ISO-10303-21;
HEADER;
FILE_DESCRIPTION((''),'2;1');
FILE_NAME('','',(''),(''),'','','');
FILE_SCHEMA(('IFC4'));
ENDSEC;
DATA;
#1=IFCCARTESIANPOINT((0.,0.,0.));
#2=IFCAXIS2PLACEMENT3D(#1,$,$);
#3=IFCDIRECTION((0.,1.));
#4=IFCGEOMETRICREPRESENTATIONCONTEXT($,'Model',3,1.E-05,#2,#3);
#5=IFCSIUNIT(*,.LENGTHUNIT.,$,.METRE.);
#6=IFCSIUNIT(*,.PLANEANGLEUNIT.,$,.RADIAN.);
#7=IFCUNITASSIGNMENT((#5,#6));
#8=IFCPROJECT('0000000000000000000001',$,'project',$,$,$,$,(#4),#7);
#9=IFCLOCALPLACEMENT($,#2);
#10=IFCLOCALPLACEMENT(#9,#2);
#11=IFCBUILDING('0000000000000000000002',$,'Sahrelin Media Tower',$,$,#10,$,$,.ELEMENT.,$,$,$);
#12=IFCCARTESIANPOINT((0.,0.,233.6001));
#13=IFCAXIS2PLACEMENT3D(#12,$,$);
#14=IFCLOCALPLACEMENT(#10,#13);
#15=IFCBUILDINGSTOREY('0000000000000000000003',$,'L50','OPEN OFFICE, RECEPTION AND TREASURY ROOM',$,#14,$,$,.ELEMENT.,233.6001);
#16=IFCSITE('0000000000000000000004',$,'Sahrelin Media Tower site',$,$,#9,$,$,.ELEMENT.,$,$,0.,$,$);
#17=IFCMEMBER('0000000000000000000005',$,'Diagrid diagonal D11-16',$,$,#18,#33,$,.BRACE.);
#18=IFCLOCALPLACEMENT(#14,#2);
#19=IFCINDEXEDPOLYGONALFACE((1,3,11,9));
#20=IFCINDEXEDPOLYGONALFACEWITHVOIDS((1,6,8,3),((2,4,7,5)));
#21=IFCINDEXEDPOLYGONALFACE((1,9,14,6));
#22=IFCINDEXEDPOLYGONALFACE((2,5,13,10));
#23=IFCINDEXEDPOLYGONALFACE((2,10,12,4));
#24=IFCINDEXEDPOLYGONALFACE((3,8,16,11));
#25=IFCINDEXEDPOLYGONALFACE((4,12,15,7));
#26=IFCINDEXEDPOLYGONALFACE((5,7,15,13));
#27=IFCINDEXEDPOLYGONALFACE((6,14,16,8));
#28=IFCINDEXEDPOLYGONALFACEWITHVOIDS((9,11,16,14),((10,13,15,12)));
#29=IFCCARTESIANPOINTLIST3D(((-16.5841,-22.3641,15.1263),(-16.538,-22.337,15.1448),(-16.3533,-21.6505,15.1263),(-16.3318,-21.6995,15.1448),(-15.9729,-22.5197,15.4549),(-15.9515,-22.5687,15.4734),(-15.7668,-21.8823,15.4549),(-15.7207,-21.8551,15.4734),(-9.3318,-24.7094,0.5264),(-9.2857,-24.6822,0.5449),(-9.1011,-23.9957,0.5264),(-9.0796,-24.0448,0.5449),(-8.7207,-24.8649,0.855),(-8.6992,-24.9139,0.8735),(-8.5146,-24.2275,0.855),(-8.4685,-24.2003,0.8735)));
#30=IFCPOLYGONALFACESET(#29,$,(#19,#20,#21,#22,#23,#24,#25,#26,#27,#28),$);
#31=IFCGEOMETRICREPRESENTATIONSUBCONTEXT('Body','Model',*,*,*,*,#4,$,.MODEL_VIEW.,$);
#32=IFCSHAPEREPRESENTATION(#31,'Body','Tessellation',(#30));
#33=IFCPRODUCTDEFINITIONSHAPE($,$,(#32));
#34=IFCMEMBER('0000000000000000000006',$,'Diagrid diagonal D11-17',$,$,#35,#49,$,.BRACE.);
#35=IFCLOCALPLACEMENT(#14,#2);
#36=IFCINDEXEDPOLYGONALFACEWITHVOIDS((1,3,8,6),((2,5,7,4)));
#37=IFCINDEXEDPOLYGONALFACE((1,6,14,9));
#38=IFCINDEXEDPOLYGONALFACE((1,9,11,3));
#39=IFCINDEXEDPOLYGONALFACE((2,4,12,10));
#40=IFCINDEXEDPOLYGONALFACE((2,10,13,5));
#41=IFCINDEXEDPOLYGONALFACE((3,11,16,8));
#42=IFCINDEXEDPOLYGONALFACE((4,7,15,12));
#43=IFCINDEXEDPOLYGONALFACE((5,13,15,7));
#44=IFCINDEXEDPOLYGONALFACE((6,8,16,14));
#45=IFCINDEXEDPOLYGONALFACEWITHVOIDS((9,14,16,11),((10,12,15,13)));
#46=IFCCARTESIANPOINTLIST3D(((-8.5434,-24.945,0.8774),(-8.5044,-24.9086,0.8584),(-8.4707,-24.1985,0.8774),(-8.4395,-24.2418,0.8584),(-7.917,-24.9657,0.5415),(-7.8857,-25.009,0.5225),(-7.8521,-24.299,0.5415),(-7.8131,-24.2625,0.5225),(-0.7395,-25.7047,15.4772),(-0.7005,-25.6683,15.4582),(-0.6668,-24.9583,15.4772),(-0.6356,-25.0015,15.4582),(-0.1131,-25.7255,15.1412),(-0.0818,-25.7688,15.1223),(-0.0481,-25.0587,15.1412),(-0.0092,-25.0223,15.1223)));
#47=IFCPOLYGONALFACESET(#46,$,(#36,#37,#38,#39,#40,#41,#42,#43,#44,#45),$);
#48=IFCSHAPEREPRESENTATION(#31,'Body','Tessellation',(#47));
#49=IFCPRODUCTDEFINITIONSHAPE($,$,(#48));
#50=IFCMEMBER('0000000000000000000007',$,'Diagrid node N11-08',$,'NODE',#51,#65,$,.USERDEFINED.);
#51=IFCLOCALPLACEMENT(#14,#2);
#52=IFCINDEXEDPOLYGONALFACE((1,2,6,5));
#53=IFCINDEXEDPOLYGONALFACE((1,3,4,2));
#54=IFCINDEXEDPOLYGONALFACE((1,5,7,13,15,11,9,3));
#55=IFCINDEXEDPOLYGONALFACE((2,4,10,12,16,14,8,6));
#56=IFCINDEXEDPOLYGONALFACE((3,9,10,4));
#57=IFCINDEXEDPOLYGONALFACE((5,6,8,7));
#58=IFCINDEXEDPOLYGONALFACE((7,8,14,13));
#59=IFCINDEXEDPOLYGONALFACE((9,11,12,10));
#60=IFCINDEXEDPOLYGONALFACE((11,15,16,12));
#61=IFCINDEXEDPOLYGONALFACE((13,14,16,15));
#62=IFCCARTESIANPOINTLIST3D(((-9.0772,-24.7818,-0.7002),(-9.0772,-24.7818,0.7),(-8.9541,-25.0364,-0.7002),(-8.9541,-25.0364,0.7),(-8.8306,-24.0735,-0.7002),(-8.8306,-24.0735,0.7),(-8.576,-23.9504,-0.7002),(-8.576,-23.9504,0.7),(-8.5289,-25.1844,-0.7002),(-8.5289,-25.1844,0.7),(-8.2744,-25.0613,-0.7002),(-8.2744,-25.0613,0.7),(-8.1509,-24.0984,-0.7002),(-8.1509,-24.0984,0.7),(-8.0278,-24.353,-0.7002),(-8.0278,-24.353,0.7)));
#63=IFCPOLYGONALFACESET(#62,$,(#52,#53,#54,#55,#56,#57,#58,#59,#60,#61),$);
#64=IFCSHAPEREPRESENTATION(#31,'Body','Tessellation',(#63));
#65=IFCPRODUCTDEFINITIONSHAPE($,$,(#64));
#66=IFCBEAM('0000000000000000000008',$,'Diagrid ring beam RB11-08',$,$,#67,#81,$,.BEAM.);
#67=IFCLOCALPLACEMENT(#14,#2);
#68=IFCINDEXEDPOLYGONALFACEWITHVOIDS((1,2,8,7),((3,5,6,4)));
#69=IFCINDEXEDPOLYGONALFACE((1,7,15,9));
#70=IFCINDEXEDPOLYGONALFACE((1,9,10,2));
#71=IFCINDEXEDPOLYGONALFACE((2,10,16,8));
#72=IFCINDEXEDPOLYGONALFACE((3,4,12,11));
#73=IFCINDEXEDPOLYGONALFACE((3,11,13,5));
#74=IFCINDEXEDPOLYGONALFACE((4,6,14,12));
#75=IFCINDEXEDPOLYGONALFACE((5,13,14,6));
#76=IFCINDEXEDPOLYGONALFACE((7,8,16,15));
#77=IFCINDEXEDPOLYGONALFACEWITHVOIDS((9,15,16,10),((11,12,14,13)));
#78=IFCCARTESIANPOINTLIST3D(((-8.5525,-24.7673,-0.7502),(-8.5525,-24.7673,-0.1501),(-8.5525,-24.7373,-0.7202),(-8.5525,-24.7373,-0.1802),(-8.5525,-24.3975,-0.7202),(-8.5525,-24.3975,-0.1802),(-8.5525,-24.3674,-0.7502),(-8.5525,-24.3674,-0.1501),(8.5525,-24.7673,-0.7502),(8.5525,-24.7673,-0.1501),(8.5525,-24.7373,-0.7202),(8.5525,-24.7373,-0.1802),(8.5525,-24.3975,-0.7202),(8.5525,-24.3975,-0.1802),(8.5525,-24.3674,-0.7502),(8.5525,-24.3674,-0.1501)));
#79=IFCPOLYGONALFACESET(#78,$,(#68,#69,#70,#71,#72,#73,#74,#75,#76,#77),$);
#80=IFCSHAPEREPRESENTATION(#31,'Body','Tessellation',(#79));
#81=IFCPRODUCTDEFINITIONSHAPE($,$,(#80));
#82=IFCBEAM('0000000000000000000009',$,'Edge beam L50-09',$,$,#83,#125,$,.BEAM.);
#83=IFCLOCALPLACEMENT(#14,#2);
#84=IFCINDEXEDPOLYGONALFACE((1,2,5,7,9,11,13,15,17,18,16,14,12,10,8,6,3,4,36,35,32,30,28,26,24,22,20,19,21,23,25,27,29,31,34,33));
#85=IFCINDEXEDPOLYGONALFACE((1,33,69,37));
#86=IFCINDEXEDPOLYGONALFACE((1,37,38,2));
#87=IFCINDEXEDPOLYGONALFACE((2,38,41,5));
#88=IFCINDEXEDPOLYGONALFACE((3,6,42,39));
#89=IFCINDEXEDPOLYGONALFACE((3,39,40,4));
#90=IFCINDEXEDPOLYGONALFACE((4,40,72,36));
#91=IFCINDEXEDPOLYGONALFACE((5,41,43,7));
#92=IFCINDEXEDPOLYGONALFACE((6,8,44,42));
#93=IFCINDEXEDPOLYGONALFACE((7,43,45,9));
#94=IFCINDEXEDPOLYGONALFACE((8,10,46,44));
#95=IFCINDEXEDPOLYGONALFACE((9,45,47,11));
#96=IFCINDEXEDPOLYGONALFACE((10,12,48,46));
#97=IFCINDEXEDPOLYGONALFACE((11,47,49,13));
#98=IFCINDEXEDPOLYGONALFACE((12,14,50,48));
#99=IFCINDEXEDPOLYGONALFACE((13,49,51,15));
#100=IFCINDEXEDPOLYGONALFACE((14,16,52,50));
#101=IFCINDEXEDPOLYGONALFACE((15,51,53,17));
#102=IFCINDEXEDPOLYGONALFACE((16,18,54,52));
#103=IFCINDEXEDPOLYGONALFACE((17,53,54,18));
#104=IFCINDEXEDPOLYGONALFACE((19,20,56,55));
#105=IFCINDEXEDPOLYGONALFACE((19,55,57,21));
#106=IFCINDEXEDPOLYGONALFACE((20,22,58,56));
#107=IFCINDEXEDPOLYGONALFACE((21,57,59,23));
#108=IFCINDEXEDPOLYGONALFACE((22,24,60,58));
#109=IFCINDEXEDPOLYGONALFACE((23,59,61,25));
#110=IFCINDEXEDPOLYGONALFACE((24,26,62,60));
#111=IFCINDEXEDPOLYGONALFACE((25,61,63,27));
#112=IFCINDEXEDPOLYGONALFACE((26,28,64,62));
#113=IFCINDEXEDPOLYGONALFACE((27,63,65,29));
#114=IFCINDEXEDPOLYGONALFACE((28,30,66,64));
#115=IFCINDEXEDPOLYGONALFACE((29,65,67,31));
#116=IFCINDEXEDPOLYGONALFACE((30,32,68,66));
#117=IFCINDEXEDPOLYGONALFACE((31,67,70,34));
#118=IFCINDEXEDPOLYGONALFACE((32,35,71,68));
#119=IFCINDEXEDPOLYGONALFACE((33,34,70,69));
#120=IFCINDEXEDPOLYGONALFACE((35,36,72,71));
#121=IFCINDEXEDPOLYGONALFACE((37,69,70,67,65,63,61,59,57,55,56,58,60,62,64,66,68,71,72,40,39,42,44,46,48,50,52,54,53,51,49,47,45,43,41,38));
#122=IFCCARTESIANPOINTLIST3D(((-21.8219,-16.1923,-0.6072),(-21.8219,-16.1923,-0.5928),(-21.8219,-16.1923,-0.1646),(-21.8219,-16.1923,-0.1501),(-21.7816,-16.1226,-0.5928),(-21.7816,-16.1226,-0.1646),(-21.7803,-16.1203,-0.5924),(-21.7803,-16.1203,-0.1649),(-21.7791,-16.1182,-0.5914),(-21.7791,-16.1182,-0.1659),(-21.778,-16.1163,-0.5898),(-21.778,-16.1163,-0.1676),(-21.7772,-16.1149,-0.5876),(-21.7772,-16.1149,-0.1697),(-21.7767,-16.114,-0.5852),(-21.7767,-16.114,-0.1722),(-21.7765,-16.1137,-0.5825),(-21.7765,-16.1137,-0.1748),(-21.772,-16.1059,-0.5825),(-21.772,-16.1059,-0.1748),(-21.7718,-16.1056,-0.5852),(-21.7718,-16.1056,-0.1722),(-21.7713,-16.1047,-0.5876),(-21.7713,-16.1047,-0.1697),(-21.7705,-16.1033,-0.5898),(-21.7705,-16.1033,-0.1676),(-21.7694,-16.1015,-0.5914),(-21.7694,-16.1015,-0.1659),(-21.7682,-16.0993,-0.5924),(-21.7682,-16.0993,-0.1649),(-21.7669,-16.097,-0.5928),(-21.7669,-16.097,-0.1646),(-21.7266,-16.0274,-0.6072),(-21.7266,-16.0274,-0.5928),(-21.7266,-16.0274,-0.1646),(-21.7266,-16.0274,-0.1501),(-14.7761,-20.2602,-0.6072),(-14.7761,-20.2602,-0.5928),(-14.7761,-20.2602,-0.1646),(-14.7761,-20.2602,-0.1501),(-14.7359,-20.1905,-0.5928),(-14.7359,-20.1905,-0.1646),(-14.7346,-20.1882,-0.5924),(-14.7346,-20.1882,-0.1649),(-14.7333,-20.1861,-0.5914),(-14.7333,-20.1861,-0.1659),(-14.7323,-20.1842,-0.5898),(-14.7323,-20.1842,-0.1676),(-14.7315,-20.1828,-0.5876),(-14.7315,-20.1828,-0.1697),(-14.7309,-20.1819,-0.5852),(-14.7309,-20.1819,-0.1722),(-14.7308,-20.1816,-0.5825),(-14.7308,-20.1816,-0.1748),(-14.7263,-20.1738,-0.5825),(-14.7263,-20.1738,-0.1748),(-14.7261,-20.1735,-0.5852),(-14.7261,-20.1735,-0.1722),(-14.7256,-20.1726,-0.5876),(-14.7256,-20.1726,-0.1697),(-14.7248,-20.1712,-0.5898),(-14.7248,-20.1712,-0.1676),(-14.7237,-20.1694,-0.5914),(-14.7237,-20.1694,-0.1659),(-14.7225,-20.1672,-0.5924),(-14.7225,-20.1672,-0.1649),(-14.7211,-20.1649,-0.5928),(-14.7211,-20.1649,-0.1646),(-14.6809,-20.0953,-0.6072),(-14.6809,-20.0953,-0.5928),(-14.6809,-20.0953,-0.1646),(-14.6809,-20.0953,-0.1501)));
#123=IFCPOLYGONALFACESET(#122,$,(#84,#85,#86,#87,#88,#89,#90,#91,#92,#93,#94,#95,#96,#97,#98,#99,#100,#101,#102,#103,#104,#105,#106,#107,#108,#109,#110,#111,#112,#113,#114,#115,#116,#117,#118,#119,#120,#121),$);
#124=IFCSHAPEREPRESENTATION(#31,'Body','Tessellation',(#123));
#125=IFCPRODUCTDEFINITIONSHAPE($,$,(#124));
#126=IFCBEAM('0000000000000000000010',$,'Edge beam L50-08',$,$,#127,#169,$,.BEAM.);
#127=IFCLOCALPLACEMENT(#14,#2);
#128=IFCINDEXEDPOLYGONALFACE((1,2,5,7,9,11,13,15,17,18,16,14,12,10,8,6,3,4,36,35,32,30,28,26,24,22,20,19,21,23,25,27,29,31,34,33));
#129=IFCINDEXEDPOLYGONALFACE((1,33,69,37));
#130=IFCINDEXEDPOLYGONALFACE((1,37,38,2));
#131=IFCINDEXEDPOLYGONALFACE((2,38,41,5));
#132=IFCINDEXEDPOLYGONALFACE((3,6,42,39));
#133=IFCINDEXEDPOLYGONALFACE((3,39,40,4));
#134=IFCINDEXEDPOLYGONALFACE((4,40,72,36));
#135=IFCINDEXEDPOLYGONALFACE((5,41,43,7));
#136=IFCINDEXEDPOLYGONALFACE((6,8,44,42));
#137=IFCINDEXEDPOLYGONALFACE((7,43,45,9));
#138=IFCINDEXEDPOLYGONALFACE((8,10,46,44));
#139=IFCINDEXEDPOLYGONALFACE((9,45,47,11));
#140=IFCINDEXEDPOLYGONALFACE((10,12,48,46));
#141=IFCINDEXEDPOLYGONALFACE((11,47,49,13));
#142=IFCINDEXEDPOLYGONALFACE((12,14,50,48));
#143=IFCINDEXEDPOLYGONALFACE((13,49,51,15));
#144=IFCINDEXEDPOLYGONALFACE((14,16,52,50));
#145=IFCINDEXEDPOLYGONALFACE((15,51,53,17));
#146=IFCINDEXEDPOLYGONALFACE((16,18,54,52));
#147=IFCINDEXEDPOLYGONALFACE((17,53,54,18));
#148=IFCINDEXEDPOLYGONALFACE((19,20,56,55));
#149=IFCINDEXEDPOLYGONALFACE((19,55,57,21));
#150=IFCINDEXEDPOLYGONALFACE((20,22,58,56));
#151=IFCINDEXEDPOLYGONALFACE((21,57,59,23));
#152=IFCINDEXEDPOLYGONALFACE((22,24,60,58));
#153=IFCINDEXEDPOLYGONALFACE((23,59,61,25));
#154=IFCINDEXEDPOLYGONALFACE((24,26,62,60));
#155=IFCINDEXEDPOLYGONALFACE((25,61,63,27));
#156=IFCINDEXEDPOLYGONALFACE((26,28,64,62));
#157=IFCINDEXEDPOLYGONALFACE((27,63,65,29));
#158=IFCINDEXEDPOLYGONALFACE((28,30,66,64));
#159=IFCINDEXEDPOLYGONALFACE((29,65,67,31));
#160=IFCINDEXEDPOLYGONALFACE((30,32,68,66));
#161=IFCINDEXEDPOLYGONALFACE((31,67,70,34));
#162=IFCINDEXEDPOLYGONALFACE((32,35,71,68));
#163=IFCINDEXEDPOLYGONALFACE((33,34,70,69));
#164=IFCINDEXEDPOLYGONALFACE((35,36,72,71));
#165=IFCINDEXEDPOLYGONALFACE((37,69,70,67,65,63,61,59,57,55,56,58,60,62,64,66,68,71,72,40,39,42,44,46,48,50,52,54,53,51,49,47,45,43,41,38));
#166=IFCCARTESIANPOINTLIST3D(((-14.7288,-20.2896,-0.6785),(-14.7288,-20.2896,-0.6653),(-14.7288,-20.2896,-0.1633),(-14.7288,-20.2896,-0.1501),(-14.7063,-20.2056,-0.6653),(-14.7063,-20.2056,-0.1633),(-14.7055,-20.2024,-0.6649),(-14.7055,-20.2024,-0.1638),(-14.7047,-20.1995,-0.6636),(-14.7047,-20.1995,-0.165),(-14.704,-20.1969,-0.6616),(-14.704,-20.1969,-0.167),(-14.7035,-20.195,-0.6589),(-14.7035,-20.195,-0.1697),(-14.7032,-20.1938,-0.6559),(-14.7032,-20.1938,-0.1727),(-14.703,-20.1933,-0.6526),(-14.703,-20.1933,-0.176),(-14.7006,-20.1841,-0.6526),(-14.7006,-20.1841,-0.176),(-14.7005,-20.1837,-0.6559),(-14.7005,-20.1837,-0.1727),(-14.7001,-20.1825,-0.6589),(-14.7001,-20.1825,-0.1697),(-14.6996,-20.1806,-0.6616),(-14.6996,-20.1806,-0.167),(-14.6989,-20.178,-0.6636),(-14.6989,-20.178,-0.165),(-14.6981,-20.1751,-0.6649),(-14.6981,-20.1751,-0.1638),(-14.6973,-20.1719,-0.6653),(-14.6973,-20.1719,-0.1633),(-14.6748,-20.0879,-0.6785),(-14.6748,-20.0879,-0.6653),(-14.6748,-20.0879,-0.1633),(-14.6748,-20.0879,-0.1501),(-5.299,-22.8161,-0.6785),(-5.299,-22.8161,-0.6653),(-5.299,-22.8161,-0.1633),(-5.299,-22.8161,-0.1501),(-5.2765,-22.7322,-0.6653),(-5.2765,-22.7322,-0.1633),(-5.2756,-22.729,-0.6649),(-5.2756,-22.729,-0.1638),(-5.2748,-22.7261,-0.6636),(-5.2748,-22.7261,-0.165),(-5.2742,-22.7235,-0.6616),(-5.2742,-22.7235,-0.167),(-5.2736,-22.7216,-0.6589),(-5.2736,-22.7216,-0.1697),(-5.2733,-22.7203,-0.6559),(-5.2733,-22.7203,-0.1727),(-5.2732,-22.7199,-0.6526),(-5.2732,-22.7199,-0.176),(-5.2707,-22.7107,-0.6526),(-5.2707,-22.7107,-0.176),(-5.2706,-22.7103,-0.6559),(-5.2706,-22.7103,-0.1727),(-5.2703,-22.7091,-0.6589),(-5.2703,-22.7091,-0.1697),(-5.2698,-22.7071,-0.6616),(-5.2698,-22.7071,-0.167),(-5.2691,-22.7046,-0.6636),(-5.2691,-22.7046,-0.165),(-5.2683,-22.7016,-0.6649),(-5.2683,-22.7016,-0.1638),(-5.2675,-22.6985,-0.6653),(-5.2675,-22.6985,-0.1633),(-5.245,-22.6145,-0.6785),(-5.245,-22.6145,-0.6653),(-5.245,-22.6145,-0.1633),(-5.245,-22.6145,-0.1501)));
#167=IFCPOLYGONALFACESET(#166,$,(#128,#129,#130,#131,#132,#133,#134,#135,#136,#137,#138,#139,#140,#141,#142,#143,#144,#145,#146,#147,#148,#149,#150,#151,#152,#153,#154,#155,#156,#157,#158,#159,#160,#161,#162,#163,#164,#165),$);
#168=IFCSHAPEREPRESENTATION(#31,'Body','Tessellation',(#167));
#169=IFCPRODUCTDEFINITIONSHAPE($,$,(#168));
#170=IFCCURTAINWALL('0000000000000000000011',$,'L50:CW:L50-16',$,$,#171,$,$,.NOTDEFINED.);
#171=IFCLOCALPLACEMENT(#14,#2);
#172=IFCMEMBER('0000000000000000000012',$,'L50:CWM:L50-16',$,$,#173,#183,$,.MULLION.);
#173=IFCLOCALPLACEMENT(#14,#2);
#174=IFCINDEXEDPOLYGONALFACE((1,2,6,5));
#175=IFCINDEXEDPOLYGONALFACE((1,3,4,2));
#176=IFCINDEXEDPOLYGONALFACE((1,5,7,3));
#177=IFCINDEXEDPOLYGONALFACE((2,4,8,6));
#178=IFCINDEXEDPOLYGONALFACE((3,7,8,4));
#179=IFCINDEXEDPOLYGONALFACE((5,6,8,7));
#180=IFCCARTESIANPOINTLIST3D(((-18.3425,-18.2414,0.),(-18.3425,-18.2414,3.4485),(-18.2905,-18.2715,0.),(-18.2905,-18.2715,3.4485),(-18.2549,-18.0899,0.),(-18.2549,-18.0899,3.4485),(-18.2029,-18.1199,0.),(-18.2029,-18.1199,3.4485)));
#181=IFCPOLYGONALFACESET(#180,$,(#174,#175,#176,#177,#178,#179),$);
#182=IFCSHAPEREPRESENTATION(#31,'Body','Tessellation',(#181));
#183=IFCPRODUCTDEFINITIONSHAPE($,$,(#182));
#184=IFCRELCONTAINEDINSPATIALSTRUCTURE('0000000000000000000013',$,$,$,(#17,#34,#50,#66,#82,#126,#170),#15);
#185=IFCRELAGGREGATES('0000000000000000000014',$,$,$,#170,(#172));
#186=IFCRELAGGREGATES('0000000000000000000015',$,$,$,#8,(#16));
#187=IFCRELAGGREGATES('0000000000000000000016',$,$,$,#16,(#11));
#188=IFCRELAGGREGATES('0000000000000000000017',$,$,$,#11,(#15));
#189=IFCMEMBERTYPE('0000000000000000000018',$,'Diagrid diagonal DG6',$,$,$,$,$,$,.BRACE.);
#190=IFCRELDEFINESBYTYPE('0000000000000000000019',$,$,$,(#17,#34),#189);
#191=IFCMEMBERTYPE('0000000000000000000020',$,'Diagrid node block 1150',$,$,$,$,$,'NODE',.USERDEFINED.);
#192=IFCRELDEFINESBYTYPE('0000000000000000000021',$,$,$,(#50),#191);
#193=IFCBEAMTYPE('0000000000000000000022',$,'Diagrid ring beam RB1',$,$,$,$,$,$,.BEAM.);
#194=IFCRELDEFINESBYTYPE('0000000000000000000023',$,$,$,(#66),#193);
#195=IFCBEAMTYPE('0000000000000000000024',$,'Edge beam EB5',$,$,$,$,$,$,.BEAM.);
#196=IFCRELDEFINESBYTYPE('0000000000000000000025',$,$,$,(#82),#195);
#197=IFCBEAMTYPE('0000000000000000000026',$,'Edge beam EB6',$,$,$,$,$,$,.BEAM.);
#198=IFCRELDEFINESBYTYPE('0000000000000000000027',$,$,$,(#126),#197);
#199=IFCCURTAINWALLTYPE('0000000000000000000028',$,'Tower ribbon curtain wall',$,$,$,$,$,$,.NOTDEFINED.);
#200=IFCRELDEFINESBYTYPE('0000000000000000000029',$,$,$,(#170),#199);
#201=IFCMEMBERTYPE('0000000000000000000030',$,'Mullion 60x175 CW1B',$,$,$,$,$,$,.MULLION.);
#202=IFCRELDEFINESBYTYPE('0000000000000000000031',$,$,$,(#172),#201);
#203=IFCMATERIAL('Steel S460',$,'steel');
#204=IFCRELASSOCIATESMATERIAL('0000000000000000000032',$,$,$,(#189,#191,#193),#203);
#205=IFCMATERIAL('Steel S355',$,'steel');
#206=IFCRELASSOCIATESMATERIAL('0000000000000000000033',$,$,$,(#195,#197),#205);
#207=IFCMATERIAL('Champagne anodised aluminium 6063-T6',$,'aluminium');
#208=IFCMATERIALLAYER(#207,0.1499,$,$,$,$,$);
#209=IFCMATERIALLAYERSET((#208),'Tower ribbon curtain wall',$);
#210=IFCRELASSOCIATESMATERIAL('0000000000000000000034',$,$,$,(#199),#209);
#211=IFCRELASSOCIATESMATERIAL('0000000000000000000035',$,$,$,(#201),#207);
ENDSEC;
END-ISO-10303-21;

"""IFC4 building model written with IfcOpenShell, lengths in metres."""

from ifc_helpers import new_model, si_unit, direction, frame, origin, origin_2d, place, context, subcontext, project, spatial, polyline, rectangle, hollow_rectangle, i_section, outline, extrude, material, layer, layer_set, material_profile, profile_set, type_object, element, aggregate, save


model = new_model("IFC4")

# Units and contexts
model_context = context("Model", 3, precision=1e-05, world=origin(), true_north=direction((0.0, 1.0)))
body_context = subcontext(model_context, "Body", "Model", "MODEL_VIEW")
ifc_project = project(units=[si_unit("LENGTHUNIT", "METRE"), si_unit("PLANEANGLEUNIT", "RADIAN")], contexts=[model_context])

# Site, building, storey
site_placement = place(None, origin())
site = spatial("IfcSite", under=ifc_project, at=site_placement, Name="Sahrelin Media Tower site", CompositionType="ELEMENT", RefElevation=0.0)
building_placement = place(site_placement, origin())
building = spatial("IfcBuilding", under=site, at=building_placement, Name="Sahrelin Media Tower", CompositionType="ELEMENT")
storey_placement = place(building_placement, frame((0.0, 0.0, 233.6001)))
storey = spatial("IfcBuildingStorey", under=building, at=storey_placement, Name="L50", Description="OPEN OFFICE, RECEPTION AND TREASURY ROOM", CompositionType="ELEMENT", Elevation=233.6001)

# Members
ifc_material_1 = material(Name="Steel S460", Category="steel")
ifc_material_profile_1 = material_profile(ifc_material_1, hollow_rectangle(XDim=0.75, YDim=0.75, WallThickness=0.04, at=origin_2d()), Name="Diagrid diagonal DG6")
ifc_profile_set_1 = profile_set([ifc_material_profile_1], Name="Steel S460")
member_type_1 = type_object("IfcMemberType", Name="Diagrid diagonal DG6", PredefinedType="BRACE", material=ifc_profile_set_1)
member_1_placement = place(storey_placement, frame((-8.9001, -24.4548, 0.7), z_axis=(-0.440336, 0.142396, 0.886469), x_axis=(-0.307692, -0.951486, 0.0)))
element("IfcMember", 1, at=member_1_placement, inside=storey, type_object=member_type_1, Name="Diagrid diagonal D11-16", PredefinedType="BRACE", context=body_context, shape_type="SweptSolid", body=[
    extrude(hollow_rectangle(XDim=0.75, YDim=0.75, WallThickness=0.04, at=origin_2d()), origin(), (0.0, 0.0, 1.0), 16.4697),
])
member_2_placement = place(storey_placement, frame((-8.1782, -24.6038, 0.7), z_axis=(0.470909, -0.045846, 0.88099), x_axis=(0.096898, 0.995294, 0.0)))
element("IfcMember", 2, at=member_2_placement, inside=storey, type_object=member_type_1, Name="Diagrid diagonal D11-17", PredefinedType="BRACE", context=body_context, shape_type="SweptSolid", body=[
    extrude(hollow_rectangle(XDim=0.75, YDim=0.75, WallThickness=0.04, at=origin_2d()), origin(), (0.0, 0.0, 1.0), 16.572),
])
ifc_material_profile_2 = material_profile(ifc_material_1, outline(polyline([(0.375, -0.425), (0.575, -0.2251), (0.575, 0.2251), (0.375, 0.425), (-0.375, 0.425), (-0.575, 0.2251), (-0.575, -0.2251), (-0.375, -0.425), (0.375, -0.425)])), Name="Diagrid node block 1150")
ifc_profile_set_2 = profile_set([ifc_material_profile_2], Name="Steel S460")
member_type_2 = type_object("IfcMemberType", Name="Diagrid node block 1150", ElementType="NODE", PredefinedType="USERDEFINED", material=ifc_profile_set_2)
member_3_placement = place(storey_placement, frame((-8.5525, -24.5674, -0.7002), z_axis=(0.0, 0.0, 1.0), x_axis=(-0.328769, -0.94441, 0.0)))
element("IfcMember", 3, at=member_3_placement, inside=storey, type_object=member_type_2, Name="Diagrid node N11-08", ObjectType="NODE", PredefinedType="USERDEFINED", context=body_context, shape_type="SweptSolid", body=[
    extrude(outline(polyline([(0.375, -0.425), (0.575, -0.2251), (0.575, 0.2251), (0.375, 0.425), (-0.375, 0.425), (-0.575, 0.2251), (-0.575, -0.2251), (-0.375, -0.425), (0.375, -0.425)])), origin(), (0.0, 0.0, 1.0), 1.4001),
])

# Beams
ifc_material_profile_3 = material_profile(ifc_material_1, hollow_rectangle(XDim=0.3999, YDim=0.6001, WallThickness=0.03, at=origin_2d()), Name="Diagrid ring beam RB1")
ifc_profile_set_3 = profile_set([ifc_material_profile_3], Name="Steel S460")
beam_type_1 = type_object("IfcBeamType", Name="Diagrid ring beam RB1", PredefinedType="BEAM", material=ifc_profile_set_3)
beam_1_placement = place(storey_placement, frame((-8.5525, -24.5674, -0.4502), z_axis=(1.0, 0.0, 0.0), x_axis=(0.0, 1.0, 0.0)))
element("IfcBeam", 4, at=beam_1_placement, inside=storey, type_object=beam_type_1, Name="Diagrid ring beam RB11-08", PredefinedType="BEAM", context=body_context, shape_type="SweptSolid", body=[
    extrude(hollow_rectangle(XDim=0.3999, YDim=0.6001, WallThickness=0.03, at=origin_2d()), origin(), (0.0, 0.0, 1.0), 17.105),
])
ifc_material_2 = material(Name="Steel S355", Category="steel")
ifc_material_profile_4 = material_profile(ifc_material_2, i_section(OverallWidth=0.1904, OverallDepth=0.457, WebThickness=0.009, FlangeThickness=0.0144, FilletRadius=0.0103, at=origin_2d()), Name="UB 457x191x74")
ifc_profile_set_4 = profile_set([ifc_material_profile_4], Name="Steel S355")
beam_type_2 = type_object("IfcBeamType", Name="Edge beam EB5", PredefinedType="BEAM", material=ifc_profile_set_4)
beam_2_placement = place(storey_placement, frame((-14.7285, -20.1777, -0.3787), z_axis=(-0.866022, 0.500006, 0.0), x_axis=(-0.500006, -0.866022, 0.0)))
element("IfcBeam", 5, at=beam_2_placement, inside=storey, type_object=beam_type_2, Name="Edge beam L50-09", PredefinedType="BEAM", context=body_context, shape_type="SweptSolid", body=[
    extrude(i_section(OverallWidth=0.1904, OverallDepth=0.457, WebThickness=0.009, FlangeThickness=0.0144, FilletRadius=0.0103, at=origin_2d()), origin(), (0.0, 0.0, 1.0), 8.1357),
])
ifc_material_profile_5 = material_profile(ifc_material_2, i_section(OverallWidth=0.2087, OverallDepth=0.5283, WebThickness=0.0095, FlangeThickness=0.0132, FilletRadius=0.0127, at=origin_2d()), Name="UB 533x210x82")
ifc_profile_set_5 = profile_set([ifc_material_profile_5], Name="Steel S355")
beam_type_3 = type_object("IfcBeamType", Name="Edge beam EB6", PredefinedType="BEAM", material=ifc_profile_set_5)
beam_3_placement = place(storey_placement, frame((-5.272, -22.7153, -0.4143), z_axis=(-0.965929, 0.258807, 0.0), x_axis=(-0.258807, -0.965929, 0.0)))
element("IfcBeam", 6, at=beam_3_placement, inside=storey, type_object=beam_type_3, Name="Edge beam L50-08", PredefinedType="BEAM", context=body_context, shape_type="SweptSolid", body=[
    extrude(i_section(OverallWidth=0.2087, OverallDepth=0.5283, WebThickness=0.0095, FlangeThickness=0.0132, FilletRadius=0.0127, at=origin_2d()), origin(), (0.0, 0.0, 1.0), 9.7625),
])

# Curtain wall, member
ifc_material_3 = material(Name="Champagne anodised aluminium 6063-T6", Category="aluminium")
ifc_layer_1 = layer(ifc_material_3, 0.1499)
ifc_layer_set_1 = layer_set([ifc_layer_1], Name="Tower ribbon curtain wall")
curtain_wall_type = type_object("IfcCurtainWallType", Name="Tower ribbon curtain wall", PredefinedType="NOTDEFINED", material=ifc_layer_set_1)
curtain_wall_1_placement = place(storey_placement, frame((-18.3264, -18.2737, 0.0), z_axis=(0.0, 0.0, 1.0), x_axis=(1.0, 0.0, 0.0)))
curtain_wall_1 = element("IfcCurtainWall", 7, at=curtain_wall_1_placement, inside=storey, type_object=curtain_wall_type, Name="L50:CW:L50-16", PredefinedType="NOTDEFINED")
ifc_material_profile_6 = material_profile(ifc_material_3, rectangle(XDim=0.0601, YDim=0.175, at=origin_2d()), Name="Mullion 60x175")
ifc_profile_set_6 = profile_set([ifc_material_profile_6], Name="Champagne anodised aluminium 6063-T6")
member_type_3 = type_object("IfcMemberType", Name="Mullion 60x175 CW1B", PredefinedType="MULLION", material=ifc_profile_set_6)
member_4_placement = place(storey_placement, frame((-18.2727, -18.1807, 0.0), z_axis=(0.0, 0.0, 1.0), x_axis=(0.866027, -0.499997, 0.0)))
member_4 = element("IfcMember", 8, at=member_4_placement, type_object=member_type_3, Name="L50:CWM:L50-16", PredefinedType="MULLION", context=body_context, shape_type="SweptSolid", body=[
    extrude(rectangle(XDim=0.0601, YDim=0.175, at=origin_2d()), origin(), (0.0, 0.0, 1.0), 3.4485),
])
aggregate(curtain_wall_1, [member_4])

save(model, "model.ifc")
